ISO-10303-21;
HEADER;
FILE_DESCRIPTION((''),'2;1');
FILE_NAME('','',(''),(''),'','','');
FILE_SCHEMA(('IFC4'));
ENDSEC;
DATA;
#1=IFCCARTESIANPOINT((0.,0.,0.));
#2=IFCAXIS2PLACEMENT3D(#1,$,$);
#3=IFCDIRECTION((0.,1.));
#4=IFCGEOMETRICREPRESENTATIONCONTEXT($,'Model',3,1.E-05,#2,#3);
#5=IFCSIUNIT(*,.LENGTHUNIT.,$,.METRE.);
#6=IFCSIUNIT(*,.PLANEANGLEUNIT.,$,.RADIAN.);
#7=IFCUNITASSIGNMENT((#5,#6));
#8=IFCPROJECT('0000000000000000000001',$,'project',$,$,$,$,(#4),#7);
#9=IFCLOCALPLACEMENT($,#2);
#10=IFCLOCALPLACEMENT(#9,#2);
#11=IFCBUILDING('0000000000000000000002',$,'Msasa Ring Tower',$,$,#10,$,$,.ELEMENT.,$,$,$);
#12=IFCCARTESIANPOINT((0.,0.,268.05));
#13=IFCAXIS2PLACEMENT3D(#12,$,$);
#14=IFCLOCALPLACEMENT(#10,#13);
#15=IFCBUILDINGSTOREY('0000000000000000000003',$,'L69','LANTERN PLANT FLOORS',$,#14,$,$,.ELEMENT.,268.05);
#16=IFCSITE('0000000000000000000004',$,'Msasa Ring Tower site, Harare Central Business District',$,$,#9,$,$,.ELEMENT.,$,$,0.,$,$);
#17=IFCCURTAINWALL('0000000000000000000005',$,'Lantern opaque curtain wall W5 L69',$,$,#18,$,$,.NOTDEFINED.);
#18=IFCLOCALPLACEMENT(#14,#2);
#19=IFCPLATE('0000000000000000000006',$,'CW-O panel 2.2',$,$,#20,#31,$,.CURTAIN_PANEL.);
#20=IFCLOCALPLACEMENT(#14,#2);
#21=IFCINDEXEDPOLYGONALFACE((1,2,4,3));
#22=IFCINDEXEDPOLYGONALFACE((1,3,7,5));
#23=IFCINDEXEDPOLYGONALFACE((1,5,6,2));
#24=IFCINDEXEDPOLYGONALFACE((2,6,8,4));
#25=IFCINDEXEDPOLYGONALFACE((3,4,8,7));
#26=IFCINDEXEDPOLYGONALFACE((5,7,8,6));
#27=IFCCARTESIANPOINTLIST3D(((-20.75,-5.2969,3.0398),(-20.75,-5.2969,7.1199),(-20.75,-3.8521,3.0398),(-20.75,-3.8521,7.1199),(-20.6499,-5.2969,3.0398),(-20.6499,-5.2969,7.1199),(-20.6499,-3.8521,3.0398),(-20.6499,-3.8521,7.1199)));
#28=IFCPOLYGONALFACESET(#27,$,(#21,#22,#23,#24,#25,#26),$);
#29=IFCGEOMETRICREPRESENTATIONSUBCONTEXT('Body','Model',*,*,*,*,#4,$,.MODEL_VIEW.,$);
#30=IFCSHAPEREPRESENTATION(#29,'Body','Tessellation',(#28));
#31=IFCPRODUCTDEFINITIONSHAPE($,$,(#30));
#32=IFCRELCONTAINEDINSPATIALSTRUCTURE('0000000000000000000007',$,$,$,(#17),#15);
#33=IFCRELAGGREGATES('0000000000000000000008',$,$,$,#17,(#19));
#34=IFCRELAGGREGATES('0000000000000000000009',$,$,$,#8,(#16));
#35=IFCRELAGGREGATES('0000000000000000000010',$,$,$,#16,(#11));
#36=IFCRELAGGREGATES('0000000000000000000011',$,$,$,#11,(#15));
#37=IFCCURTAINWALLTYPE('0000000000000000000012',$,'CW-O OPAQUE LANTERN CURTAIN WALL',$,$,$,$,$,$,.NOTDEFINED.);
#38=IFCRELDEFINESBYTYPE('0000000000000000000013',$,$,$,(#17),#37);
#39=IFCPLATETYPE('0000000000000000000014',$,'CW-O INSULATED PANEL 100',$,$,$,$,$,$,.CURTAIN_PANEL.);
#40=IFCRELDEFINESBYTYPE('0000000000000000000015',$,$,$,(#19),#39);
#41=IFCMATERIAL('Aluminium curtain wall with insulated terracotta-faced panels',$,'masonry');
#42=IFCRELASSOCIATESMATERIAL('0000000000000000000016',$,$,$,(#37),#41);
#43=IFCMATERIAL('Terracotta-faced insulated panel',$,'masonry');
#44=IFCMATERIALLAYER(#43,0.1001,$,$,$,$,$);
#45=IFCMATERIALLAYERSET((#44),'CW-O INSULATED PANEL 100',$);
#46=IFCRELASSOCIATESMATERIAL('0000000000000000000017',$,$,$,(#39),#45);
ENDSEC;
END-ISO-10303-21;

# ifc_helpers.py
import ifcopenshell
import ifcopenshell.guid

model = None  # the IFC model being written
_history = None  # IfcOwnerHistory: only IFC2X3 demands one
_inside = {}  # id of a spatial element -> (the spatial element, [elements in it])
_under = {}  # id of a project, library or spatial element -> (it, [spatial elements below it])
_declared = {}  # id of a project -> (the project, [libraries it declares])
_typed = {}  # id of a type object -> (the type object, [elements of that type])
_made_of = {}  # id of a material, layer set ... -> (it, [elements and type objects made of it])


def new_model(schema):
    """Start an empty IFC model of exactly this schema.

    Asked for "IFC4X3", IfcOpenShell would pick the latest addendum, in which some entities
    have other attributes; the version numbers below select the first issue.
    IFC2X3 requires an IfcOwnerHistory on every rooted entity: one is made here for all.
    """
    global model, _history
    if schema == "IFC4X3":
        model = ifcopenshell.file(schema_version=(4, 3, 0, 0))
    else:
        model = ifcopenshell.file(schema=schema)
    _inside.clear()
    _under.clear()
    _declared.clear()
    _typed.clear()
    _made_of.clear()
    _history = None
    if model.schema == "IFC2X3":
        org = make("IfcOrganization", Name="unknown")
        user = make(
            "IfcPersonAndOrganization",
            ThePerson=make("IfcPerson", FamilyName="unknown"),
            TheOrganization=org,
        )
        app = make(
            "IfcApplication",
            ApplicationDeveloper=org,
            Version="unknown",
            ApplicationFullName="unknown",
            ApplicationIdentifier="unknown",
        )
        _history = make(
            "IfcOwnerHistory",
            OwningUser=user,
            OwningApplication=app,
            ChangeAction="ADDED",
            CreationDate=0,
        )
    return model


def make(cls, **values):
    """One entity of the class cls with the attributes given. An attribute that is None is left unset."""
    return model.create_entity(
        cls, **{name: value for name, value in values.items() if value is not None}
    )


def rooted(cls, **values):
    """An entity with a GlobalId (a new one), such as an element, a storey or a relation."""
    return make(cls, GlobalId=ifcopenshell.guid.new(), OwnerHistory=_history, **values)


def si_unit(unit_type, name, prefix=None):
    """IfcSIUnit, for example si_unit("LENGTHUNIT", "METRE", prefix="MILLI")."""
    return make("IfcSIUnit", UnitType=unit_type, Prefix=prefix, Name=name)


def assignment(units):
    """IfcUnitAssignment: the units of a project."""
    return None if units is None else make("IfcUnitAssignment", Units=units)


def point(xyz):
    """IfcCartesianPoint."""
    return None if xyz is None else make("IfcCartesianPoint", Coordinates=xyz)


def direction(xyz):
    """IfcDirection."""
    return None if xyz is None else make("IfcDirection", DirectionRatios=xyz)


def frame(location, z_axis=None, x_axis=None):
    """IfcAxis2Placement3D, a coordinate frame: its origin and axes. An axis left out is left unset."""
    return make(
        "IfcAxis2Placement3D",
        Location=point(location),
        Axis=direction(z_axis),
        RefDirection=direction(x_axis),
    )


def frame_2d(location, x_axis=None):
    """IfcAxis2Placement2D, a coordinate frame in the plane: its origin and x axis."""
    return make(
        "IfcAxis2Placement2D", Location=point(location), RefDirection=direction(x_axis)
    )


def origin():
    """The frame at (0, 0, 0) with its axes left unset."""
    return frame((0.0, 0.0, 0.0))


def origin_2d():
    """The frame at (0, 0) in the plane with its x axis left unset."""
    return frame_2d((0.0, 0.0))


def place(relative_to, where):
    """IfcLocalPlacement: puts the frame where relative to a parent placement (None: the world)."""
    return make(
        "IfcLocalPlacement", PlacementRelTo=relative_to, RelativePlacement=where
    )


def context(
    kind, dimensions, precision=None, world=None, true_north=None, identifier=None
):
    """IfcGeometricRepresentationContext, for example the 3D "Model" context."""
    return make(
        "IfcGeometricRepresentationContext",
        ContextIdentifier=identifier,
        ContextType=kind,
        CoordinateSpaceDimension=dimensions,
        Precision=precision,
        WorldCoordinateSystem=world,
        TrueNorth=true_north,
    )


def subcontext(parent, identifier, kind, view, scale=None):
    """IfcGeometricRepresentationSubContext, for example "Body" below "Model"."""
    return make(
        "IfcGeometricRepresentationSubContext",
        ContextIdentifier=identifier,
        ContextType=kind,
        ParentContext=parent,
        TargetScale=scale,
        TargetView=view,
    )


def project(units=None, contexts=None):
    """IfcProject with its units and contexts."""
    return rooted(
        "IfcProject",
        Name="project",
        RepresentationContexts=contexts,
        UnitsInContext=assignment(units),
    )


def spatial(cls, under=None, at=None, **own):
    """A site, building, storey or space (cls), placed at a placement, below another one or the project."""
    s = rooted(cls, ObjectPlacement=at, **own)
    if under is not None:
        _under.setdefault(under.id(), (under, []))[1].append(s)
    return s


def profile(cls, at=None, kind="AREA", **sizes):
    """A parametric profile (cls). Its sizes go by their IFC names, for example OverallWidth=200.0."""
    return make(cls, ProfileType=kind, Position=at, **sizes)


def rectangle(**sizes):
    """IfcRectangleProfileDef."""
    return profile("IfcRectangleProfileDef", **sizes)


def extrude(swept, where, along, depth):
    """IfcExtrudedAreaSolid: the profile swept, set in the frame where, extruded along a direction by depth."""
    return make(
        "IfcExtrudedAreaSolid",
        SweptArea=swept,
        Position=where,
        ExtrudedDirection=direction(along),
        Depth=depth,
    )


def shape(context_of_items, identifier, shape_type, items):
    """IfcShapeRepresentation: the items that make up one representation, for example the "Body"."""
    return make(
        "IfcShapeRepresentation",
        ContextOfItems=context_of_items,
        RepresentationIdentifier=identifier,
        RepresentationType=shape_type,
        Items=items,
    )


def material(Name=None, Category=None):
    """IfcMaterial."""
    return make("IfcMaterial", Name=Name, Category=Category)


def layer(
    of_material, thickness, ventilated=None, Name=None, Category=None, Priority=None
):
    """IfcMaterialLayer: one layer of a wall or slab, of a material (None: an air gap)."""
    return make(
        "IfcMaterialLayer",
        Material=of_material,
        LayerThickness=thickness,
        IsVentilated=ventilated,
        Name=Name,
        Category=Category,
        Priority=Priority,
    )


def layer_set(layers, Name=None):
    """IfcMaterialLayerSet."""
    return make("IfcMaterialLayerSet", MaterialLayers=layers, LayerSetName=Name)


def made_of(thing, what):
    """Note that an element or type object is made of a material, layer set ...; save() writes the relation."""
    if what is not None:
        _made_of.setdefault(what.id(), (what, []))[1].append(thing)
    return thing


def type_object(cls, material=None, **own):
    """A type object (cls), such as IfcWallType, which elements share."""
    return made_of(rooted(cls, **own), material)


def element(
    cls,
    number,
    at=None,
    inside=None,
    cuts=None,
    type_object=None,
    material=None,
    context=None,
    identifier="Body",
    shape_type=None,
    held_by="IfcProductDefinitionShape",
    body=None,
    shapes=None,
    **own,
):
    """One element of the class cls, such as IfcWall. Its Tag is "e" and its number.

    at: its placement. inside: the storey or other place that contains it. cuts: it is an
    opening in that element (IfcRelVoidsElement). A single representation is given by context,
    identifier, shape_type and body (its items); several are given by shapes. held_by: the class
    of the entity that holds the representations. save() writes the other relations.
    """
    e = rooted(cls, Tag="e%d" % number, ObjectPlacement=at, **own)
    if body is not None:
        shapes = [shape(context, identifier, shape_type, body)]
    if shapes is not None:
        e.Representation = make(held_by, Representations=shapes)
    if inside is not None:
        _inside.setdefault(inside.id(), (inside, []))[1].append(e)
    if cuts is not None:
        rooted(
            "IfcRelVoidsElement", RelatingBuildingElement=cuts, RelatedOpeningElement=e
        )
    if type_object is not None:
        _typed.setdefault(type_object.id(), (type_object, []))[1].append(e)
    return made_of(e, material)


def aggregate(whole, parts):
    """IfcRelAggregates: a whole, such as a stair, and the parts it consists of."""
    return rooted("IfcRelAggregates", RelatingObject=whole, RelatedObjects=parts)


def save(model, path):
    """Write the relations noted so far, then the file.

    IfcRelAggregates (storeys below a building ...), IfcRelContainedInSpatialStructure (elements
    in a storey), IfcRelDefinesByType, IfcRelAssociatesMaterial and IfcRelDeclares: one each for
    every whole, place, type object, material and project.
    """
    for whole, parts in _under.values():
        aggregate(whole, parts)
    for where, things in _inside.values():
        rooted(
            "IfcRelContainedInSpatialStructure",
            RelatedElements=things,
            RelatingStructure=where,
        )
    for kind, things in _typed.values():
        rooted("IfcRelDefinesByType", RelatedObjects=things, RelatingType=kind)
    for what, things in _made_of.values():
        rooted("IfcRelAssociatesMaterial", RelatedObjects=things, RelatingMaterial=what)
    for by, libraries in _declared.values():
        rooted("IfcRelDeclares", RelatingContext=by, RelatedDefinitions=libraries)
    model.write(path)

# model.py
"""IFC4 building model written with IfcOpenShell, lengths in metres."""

from ifc_helpers import new_model, si_unit, direction, frame, origin, origin_2d, place, context, subcontext, project, spatial, rectangle, extrude, material, layer, layer_set, type_object, element, aggregate, save


model = new_model("IFC4")

# Units and contexts
model_context = context("Model", 3, precision=1e-05, world=origin(), true_north=direction((0.0, 1.0)))
body_context = subcontext(model_context, "Body", "Model", "MODEL_VIEW")
ifc_project = project(units=[si_unit("LENGTHUNIT", "METRE"), si_unit("PLANEANGLEUNIT", "RADIAN")], contexts=[model_context])

# Site, building, storey
site_placement = place(None, origin())
site = spatial("IfcSite", under=ifc_project, at=site_placement, Name="Msasa Ring Tower site, Harare Central Business District", CompositionType="ELEMENT", RefElevation=0.0)
building_placement = place(site_placement, origin())
building = spatial("IfcBuilding", under=site, at=building_placement, Name="Msasa Ring Tower", CompositionType="ELEMENT")
storey_placement = place(building_placement, frame((0.0, 0.0, 268.05)))
storey = spatial("IfcBuildingStorey", under=building, at=storey_placement, Name="L69", Description="LANTERN PLANT FLOORS", CompositionType="ELEMENT", Elevation=268.05)

# Curtain wall
ifc_material_1 = material(Name="Aluminium curtain wall with insulated terracotta-faced panels", Category="masonry")
curtain_wall_type_1 = type_object("IfcCurtainWallType", Name="CW-O OPAQUE LANTERN CURTAIN WALL", PredefinedType="NOTDEFINED", material=ifc_material_1)
curtain_wall_1_placement = place(storey_placement, origin())
curtain_wall_1 = element("IfcCurtainWall", 1, at=curtain_wall_1_placement, inside=storey, type_object=curtain_wall_type_1, Name="Lantern opaque curtain wall W5 L69", PredefinedType="NOTDEFINED")

# Plate
ifc_material_2 = material(Name="Terracotta-faced insulated panel", Category="masonry")
ifc_layer_1 = layer(ifc_material_2, 0.1001)
ifc_layer_set_1 = layer_set([ifc_layer_1], Name="CW-O INSULATED PANEL 100")
plate_type_1 = type_object("IfcPlateType", Name="CW-O INSULATED PANEL 100", PredefinedType="CURTAIN_PANEL", material=ifc_layer_set_1)
plate_1_placement = place(storey_placement, frame((-20.7, -4.5745, 3.0398), z_axis=(0.0, 0.0, 1.0), x_axis=(0.0, -1.0, 0.0)))
plate_1 = element("IfcPlate", 2, at=plate_1_placement, type_object=plate_type_1, Name="CW-O panel 2.2", PredefinedType="CURTAIN_PANEL", context=body_context, shape_type="SweptSolid", body=[
    extrude(rectangle(XDim=1.4448, YDim=0.1001, at=origin_2d()), origin(), (0.0, 0.0, 1.0), 4.0801),
])
aggregate(curtain_wall_1, [plate_1])

save(model, "model.ifc")
